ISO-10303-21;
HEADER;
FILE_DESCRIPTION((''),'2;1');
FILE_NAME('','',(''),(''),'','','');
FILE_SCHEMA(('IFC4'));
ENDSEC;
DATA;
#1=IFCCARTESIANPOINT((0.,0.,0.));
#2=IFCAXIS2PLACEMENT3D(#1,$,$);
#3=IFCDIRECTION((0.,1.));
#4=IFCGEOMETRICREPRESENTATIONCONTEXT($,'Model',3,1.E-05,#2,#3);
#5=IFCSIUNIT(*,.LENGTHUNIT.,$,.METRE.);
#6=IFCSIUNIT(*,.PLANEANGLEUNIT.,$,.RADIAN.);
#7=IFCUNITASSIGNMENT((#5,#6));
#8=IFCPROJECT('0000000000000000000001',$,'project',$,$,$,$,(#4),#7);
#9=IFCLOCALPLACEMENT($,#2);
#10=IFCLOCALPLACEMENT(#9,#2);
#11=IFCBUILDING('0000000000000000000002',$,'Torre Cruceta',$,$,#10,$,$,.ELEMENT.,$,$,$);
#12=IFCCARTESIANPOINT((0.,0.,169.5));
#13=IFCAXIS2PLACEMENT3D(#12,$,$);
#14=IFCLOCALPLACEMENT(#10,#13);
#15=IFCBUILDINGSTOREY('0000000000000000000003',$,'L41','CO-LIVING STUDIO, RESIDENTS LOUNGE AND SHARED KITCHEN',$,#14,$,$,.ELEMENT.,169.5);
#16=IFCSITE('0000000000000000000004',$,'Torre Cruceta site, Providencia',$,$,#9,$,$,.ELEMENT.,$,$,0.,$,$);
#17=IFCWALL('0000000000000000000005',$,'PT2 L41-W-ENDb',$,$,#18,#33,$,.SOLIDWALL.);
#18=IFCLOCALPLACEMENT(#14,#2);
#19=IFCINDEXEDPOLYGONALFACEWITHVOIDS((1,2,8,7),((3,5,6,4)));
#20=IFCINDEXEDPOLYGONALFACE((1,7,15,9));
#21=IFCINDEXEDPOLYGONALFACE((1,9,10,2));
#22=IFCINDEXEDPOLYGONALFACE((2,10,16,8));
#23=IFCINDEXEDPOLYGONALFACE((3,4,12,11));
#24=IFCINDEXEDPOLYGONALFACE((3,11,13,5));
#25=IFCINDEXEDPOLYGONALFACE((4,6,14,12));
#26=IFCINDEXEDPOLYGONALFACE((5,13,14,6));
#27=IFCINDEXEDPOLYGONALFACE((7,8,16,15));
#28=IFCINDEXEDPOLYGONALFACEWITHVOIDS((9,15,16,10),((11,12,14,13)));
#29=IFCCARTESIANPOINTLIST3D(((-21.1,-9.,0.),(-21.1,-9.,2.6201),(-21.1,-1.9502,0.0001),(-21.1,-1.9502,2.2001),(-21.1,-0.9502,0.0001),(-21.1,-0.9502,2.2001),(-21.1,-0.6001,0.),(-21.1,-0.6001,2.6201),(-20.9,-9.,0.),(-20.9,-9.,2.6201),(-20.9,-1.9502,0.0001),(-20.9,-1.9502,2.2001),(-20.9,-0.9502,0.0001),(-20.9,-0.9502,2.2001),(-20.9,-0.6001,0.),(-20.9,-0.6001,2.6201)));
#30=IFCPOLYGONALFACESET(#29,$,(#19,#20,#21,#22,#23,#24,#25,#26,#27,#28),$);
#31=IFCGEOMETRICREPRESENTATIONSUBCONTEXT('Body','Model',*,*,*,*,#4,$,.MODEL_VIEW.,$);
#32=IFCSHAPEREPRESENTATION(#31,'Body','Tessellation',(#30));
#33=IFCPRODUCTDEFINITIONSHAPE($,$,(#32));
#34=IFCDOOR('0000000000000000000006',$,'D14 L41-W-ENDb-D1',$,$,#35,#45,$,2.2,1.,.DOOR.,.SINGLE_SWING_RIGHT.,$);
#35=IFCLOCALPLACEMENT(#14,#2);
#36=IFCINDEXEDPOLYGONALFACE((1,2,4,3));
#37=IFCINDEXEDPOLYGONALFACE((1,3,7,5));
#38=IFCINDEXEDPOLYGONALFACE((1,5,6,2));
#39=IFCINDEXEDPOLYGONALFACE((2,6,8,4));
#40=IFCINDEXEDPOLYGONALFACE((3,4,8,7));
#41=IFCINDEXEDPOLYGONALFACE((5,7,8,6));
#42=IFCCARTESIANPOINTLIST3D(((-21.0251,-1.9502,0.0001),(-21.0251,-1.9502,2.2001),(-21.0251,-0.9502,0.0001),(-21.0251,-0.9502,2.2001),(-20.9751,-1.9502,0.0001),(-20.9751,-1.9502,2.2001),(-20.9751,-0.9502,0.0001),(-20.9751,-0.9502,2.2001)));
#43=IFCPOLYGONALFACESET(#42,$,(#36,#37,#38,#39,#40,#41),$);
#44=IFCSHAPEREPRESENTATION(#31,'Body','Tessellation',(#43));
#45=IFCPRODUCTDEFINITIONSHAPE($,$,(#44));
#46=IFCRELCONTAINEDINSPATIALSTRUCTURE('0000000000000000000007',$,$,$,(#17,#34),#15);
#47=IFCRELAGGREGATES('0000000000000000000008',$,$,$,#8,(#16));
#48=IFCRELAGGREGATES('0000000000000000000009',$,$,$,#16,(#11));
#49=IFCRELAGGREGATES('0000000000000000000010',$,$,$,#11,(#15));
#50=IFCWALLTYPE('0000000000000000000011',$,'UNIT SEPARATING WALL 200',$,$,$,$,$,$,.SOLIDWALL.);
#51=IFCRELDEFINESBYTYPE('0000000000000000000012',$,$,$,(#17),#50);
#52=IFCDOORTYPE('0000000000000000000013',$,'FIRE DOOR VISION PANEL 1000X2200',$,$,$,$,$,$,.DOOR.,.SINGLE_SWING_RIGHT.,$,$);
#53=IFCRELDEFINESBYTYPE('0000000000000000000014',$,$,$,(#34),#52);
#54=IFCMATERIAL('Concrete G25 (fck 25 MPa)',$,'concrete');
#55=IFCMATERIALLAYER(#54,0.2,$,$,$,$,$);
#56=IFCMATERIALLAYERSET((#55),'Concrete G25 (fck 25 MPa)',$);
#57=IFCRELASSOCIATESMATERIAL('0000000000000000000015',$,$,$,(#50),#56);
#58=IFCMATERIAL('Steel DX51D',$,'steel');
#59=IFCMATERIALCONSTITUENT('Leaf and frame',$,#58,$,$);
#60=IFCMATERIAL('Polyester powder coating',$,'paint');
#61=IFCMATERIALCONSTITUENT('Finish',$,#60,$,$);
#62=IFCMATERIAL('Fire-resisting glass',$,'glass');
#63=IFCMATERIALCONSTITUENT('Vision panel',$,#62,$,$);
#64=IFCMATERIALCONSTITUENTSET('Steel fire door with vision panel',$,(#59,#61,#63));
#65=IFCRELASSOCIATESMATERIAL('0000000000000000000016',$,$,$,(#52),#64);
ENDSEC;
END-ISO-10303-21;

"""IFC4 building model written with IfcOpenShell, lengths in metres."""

from ifc_helpers import new_model, si_unit, direction, frame, frame_2d, origin, place, context, subcontext, project, spatial, rectangle, extrude, material, layer, layer_set, constituent, constituent_set, type_object, element, fill, save


model = new_model("IFC4")

# Units and contexts
model_context = context("Model", 3, precision=1e-05, world=origin(), true_north=direction((0.0, 1.0)))
body_context = subcontext(model_context, "Body", "Model", "MODEL_VIEW")
ifc_project = project(units=[si_unit("LENGTHUNIT", "METRE"), si_unit("PLANEANGLEUNIT", "RADIAN")], contexts=[model_context])

# Site, building, storey
site_placement = place(None, origin())
site = spatial("IfcSite", under=ifc_project, at=site_placement, Name="Torre Cruceta site, Providencia", CompositionType="ELEMENT", RefElevation=0.0)
building_placement = place(site_placement, origin())
building = spatial("IfcBuilding", under=site, at=building_placement, Name="Torre Cruceta", CompositionType="ELEMENT")
storey_placement = place(building_placement, frame((0.0, 0.0, 169.5)))
storey = spatial("IfcBuildingStorey", under=building, at=storey_placement, Name="L41", Description="CO-LIVING STUDIO, RESIDENTS LOUNGE AND SHARED KITCHEN", CompositionType="ELEMENT", Elevation=169.5)

# Wall, opening, door
ifc_material_1 = material(Name="Concrete G25 (fck 25 MPa)", Category="concrete")
ifc_layer_1 = layer(ifc_material_1, 0.2)
ifc_layer_set_1 = layer_set([ifc_layer_1], Name="Concrete G25 (fck 25 MPa)")
wall_type_1 = type_object("IfcWallType", Name="UNIT SEPARATING WALL 200", PredefinedType="SOLIDWALL", material=ifc_layer_set_1)
wall_1_placement = place(storey_placement, frame((-21.0, -0.6001, 0.0), z_axis=(0.0, 0.0, 1.0), x_axis=(0.0, -1.0, 0.0)))
wall_1 = element("IfcWall", 1, at=wall_1_placement, inside=storey, type_object=wall_type_1, Name="PT2 L41-W-ENDb", PredefinedType="SOLIDWALL", context=body_context, shape_type="SweptSolid", body=[
    extrude(rectangle(XDim=8.3999, YDim=0.2, at=frame_2d((4.2, 0.0))), origin(), (0.0, 0.0, 1.0), 2.6201),
])
opening_1_placement = place(wall_1_placement, frame((0.3501, 0.0, 0.0)))
opening_1 = element("IfcOpeningElement", 2, at=opening_1_placement, cuts=wall_1, PredefinedType="OPENING", context=body_context, shape_type="SweptSolid", body=[
    extrude(rectangle(XDim=1.0, YDim=2.2, at=frame_2d((0.5, 1.1001))), frame((0.0, 0.1099, 0.0), z_axis=(0.0, -1.0, 0.0), x_axis=(1.0, 0.0, 0.0)), (0.0, 0.0, 1.0), 0.22),
])
ifc_material_2 = material(Name="Steel DX51D", Category="steel")
ifc_constituent_1 = constituent(ifc_material_2, Name="Leaf and frame")
ifc_material_3 = material(Name="Polyester powder coating", Category="paint")
ifc_constituent_2 = constituent(ifc_material_3, Name="Finish")
ifc_material_4 = material(Name="Fire-resisting glass", Category="glass")
ifc_constituent_3 = constituent(ifc_material_4, Name="Vision panel")
ifc_constituent_set_1 = constituent_set(constituents=[ifc_constituent_1, ifc_constituent_2, ifc_constituent_3], Name="Steel fire door with vision panel")
door_type = type_object("IfcDoorType", Name="FIRE DOOR VISION PANEL 1000X2200", OperationType="SINGLE_SWING_RIGHT", PredefinedType="DOOR", material=ifc_constituent_set_1)
door_placement = place(opening_1_placement, frame((1.0, 0.0, 0.0), z_axis=(0.0, 0.0, 1.0), x_axis=(-1.0, 0.0, 0.0)))
door = element("IfcDoor", 3, at=door_placement, inside=storey, type_object=door_type, Name="D14 L41-W-ENDb-D1", OperationType="SINGLE_SWING_RIGHT", OverallHeight=2.2, OverallWidth=1.0, PredefinedType="DOOR", context=body_context, shape_type="SweptSolid", body=[
    extrude(rectangle(XDim=1.0, YDim=2.2, at=frame_2d((0.5, 1.1001))), frame((0.0, 0.0251, 0.0), z_axis=(0.0, -1.0, 0.0), x_axis=(1.0, 0.0, 0.0)), (0.0, 0.0, 1.0), 0.05),
])
fill(opening_1, door)

save(model, "model.ifc")
